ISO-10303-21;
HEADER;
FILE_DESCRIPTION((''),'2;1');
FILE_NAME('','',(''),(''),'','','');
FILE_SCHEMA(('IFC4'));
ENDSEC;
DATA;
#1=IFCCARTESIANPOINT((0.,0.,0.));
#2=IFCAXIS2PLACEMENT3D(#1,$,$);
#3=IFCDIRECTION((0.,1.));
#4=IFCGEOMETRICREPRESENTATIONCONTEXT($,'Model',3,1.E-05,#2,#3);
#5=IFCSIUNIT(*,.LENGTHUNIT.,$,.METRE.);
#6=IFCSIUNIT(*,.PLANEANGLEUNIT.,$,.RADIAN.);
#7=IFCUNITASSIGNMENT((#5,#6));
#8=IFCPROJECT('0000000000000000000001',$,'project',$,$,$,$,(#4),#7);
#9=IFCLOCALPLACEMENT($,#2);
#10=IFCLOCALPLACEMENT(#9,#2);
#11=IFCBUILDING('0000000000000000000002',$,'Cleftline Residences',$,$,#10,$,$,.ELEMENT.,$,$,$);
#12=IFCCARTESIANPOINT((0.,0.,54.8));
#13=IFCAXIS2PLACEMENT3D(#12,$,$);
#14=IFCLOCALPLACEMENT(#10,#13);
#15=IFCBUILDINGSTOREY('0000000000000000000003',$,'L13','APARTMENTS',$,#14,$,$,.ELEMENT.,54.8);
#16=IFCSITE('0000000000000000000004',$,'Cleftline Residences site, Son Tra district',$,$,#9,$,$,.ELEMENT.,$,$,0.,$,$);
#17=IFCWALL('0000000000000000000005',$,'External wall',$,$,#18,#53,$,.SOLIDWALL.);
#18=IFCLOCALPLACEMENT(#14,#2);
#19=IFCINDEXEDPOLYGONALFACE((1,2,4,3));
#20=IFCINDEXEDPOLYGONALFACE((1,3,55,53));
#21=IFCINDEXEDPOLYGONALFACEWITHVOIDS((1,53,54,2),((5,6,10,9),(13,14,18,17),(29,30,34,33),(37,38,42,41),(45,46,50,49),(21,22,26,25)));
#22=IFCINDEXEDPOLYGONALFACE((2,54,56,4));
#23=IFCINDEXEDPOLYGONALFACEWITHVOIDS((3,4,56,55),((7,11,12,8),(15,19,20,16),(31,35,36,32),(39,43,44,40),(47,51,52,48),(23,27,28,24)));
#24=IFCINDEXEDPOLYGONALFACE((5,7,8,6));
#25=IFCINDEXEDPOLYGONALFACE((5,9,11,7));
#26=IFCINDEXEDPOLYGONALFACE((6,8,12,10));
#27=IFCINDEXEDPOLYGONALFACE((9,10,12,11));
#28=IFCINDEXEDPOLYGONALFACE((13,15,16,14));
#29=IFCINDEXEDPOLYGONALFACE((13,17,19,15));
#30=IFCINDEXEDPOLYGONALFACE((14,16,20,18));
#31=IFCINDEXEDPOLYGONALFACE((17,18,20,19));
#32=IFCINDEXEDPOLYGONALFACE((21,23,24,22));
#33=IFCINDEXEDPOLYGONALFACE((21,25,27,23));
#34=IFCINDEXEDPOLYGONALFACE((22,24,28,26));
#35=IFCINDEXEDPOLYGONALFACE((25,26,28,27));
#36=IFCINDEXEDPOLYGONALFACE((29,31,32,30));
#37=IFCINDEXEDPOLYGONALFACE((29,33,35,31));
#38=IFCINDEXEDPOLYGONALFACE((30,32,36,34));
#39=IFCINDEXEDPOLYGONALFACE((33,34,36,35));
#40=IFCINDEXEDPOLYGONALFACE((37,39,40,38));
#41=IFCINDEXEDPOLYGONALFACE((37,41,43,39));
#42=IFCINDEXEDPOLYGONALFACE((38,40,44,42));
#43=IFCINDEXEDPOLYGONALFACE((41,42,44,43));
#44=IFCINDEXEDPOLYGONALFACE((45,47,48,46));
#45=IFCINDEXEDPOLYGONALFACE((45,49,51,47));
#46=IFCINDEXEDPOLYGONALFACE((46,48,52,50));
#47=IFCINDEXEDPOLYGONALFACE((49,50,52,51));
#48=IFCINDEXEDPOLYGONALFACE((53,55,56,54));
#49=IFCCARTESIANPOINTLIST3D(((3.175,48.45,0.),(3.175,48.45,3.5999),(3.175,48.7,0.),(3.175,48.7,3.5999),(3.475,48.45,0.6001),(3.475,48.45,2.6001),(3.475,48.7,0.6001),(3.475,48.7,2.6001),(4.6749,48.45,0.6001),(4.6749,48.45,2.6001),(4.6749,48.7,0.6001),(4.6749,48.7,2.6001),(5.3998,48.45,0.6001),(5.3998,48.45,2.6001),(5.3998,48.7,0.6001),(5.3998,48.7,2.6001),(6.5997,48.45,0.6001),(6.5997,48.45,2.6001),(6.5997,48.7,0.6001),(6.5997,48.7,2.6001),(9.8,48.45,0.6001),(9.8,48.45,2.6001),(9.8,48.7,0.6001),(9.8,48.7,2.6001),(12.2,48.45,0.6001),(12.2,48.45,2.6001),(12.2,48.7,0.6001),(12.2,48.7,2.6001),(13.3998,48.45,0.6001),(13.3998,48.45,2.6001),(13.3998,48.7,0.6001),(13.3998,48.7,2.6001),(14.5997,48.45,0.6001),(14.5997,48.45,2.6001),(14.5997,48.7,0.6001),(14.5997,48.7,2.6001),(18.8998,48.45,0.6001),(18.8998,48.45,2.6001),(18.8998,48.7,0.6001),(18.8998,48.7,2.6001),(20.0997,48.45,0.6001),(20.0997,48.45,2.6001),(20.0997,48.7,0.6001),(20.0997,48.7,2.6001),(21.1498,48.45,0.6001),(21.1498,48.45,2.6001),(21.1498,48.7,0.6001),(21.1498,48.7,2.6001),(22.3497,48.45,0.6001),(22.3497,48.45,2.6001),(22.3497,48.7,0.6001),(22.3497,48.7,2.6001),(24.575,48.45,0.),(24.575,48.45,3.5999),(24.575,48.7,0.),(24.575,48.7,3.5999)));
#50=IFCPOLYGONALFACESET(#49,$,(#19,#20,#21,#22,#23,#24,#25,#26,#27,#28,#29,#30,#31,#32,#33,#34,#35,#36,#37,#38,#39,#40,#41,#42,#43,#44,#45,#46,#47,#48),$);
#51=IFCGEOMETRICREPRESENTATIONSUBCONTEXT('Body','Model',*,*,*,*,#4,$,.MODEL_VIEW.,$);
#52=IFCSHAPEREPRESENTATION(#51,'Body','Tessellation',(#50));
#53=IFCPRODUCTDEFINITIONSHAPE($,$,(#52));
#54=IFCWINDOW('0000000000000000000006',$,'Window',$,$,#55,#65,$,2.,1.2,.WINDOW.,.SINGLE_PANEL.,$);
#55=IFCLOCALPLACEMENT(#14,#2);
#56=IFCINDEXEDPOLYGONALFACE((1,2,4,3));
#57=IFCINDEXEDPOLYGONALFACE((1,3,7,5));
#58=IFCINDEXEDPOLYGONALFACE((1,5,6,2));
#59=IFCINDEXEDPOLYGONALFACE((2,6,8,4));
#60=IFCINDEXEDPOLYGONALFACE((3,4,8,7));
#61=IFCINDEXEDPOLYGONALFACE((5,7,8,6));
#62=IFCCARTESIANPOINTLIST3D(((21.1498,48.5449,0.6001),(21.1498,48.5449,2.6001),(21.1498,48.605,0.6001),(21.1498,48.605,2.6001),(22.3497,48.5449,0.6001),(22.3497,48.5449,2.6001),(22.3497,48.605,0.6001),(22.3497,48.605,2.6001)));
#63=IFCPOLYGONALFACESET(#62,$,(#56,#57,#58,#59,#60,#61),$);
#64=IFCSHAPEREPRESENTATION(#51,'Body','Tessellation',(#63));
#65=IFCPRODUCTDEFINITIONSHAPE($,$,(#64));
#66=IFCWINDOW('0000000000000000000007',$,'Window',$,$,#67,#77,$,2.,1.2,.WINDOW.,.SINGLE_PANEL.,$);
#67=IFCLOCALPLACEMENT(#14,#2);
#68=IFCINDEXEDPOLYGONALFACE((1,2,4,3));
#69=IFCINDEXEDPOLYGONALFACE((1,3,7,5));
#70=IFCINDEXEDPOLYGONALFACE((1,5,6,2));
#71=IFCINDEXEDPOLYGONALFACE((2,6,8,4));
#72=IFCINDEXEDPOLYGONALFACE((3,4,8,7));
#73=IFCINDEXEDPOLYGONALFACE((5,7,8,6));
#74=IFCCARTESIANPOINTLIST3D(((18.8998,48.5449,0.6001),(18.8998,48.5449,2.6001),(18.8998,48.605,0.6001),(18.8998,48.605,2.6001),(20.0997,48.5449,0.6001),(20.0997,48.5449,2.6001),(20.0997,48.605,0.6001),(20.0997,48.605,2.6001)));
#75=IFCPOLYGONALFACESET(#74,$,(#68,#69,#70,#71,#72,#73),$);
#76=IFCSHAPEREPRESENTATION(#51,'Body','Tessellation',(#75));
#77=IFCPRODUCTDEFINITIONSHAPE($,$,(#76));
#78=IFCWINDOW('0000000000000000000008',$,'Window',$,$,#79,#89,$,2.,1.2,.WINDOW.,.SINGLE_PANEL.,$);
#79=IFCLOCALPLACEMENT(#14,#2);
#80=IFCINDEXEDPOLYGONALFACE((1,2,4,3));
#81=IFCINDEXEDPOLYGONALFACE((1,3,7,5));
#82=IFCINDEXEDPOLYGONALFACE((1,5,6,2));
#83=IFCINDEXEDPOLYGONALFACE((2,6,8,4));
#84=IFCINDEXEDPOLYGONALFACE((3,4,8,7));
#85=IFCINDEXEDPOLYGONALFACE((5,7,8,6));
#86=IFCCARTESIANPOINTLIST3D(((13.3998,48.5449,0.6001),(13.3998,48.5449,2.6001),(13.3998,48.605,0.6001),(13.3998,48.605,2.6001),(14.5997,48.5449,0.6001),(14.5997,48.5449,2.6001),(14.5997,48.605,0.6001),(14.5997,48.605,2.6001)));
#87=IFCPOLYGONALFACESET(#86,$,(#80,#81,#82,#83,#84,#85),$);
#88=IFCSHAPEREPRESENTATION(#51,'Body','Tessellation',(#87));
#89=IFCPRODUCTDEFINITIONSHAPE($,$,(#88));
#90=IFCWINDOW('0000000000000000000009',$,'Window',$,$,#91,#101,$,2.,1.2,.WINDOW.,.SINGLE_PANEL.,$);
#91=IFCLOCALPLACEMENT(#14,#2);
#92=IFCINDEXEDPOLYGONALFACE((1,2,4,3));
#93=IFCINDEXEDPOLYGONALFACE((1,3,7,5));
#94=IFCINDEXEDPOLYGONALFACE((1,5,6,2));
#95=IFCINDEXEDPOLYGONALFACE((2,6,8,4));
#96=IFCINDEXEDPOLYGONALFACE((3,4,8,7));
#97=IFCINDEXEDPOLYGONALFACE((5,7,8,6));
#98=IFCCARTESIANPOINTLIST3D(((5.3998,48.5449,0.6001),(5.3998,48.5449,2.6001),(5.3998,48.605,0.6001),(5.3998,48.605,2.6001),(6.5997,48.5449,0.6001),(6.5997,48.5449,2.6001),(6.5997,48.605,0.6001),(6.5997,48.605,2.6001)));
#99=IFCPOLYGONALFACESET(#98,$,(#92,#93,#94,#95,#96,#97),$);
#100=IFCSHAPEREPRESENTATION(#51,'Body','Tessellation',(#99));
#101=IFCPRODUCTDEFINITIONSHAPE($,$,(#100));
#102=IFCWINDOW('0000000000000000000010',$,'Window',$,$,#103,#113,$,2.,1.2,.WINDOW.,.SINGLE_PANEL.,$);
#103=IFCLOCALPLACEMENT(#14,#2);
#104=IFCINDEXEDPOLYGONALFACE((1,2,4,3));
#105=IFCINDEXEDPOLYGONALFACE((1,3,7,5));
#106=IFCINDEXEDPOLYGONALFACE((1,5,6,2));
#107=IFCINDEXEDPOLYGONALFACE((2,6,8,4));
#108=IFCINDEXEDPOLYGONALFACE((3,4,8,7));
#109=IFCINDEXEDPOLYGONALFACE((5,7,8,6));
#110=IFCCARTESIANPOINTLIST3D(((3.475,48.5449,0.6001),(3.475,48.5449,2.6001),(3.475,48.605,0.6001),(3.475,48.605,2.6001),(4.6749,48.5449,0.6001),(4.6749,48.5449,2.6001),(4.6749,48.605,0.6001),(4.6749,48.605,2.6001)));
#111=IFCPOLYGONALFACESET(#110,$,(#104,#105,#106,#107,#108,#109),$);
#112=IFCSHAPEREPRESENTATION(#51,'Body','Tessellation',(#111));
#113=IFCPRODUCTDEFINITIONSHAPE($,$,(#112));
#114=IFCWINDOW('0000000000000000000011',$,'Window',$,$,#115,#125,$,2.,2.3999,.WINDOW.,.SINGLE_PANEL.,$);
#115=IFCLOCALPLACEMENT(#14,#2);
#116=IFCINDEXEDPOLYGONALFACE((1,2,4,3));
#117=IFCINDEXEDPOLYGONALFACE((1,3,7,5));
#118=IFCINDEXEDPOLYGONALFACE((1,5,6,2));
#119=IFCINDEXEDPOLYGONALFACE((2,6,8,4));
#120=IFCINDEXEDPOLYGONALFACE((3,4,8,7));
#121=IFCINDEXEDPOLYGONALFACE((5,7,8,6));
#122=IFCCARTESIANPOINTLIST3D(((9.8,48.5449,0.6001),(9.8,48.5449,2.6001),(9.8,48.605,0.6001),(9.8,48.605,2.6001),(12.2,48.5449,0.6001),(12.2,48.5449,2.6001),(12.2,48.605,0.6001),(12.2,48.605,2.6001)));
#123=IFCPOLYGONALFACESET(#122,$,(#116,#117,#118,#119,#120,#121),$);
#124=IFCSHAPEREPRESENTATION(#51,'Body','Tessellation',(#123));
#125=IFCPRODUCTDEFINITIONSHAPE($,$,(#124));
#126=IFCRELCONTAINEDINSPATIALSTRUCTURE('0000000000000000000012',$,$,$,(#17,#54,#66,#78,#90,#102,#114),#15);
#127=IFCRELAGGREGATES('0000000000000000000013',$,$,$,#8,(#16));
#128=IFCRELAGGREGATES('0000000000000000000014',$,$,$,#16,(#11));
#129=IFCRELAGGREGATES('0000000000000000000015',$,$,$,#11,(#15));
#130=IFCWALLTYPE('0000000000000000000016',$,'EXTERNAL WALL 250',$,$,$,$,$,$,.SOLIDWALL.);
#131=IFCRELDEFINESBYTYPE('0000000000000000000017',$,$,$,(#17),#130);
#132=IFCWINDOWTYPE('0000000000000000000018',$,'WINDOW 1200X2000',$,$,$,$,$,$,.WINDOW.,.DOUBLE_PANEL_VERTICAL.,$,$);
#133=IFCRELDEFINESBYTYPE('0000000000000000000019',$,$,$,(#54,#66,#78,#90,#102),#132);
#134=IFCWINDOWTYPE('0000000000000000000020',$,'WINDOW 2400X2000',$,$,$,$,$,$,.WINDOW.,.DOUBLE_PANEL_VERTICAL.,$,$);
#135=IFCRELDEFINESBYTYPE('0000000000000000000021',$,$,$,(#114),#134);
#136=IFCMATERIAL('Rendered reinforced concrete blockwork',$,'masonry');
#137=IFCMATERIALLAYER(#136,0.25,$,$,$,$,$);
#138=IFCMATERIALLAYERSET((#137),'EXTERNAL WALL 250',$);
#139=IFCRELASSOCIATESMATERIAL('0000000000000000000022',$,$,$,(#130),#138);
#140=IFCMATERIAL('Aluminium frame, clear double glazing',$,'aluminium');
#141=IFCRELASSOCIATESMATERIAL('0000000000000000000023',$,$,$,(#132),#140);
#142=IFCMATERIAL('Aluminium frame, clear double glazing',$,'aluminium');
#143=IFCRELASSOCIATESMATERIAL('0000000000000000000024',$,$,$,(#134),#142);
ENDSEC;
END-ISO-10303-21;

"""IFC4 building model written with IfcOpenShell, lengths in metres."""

from ifc_helpers import new_model, si_unit, direction, frame, frame_2d, origin, place, context, subcontext, project, spatial, rectangle, extrude, material, layer, layer_set, type_object, element, fill, save


model = new_model("IFC4")

# Units and contexts
model_context = context("Model", 3, precision=1e-05, world=origin(), true_north=direction((0.0, 1.0)))
body_context = subcontext(model_context, "Body", "Model", "MODEL_VIEW")
ifc_project = project(units=[si_unit("LENGTHUNIT", "METRE"), si_unit("PLANEANGLEUNIT", "RADIAN")], contexts=[model_context])

# Site, building, storey
site_placement = place(None, origin())
site = spatial("IfcSite", under=ifc_project, at=site_placement, Name="Cleftline Residences site, Son Tra district", CompositionType="ELEMENT", RefElevation=0.0)
building_placement = place(site_placement, origin())
building = spatial("IfcBuilding", under=site, at=building_placement, Name="Cleftline Residences", CompositionType="ELEMENT")
storey_placement = place(building_placement, frame((0.0, 0.0, 54.8)))
storey = spatial("IfcBuildingStorey", under=building, at=storey_placement, Name="L13", Description="APARTMENTS", CompositionType="ELEMENT", Elevation=54.8)

# Wall, openings, windows
ifc_material_1 = material(Name="Rendered reinforced concrete blockwork", Category="masonry")
ifc_layer_1 = layer(ifc_material_1, 0.25)
ifc_layer_set_1 = layer_set([ifc_layer_1], Name="EXTERNAL WALL 250")
wall_type = type_object("IfcWallType", Name="EXTERNAL WALL 250", PredefinedType="SOLIDWALL", material=ifc_layer_set_1)
wall_placement = place(storey_placement, frame((24.575, 48.575, 0.0), z_axis=(0.0, 0.0, 1.0), x_axis=(-1.0, 0.0, 0.0)))
wall = element("IfcWall", 1, at=wall_placement, inside=storey, type_object=wall_type, Name="External wall", PredefinedType="SOLIDWALL", context=body_context, shape_type="SweptSolid", body=[
    extrude(rectangle(XDim=21.3999, YDim=0.25, at=frame_2d((10.7, 0.0))), origin(), (0.0, 0.0, 1.0), 3.5999),
])
opening_1_placement = place(wall_placement, frame((2.2251, 0.0, 0.6001)))
opening_1 = element("IfcOpeningElement", 2, at=opening_1_placement, cuts=wall, PredefinedType="OPENING", context=body_context, shape_type="SweptSolid", body=[
    extrude(rectangle(XDim=1.2, YDim=2.0, at=frame_2d((0.6001, 1.0))), frame((0.0, 0.135, 0.0), z_axis=(0.0, -1.0, 0.0), x_axis=(1.0, 0.0, 0.0)), (0.0, 0.0, 1.0), 0.27),
])
opening_2_placement = place(wall_placement, frame((4.4751, 0.0, 0.6001)))
opening_2 = element("IfcOpeningElement", 3, at=opening_2_placement, cuts=wall, PredefinedType="OPENING", context=body_context, shape_type="SweptSolid", body=[
    extrude(rectangle(XDim=1.2, YDim=2.0, at=frame_2d((0.6001, 1.0))), frame((0.0, 0.135, 0.0), z_axis=(0.0, -1.0, 0.0), x_axis=(1.0, 0.0, 0.0)), (0.0, 0.0, 1.0), 0.27),
])
opening_3_placement = place(wall_placement, frame((9.9751, 0.0, 0.6001)))
opening_3 = element("IfcOpeningElement", 4, at=opening_3_placement, cuts=wall, PredefinedType="OPENING", context=body_context, shape_type="SweptSolid", body=[
    extrude(rectangle(XDim=1.2, YDim=2.0, at=frame_2d((0.6001, 1.0))), frame((0.0, 0.135, 0.0), z_axis=(0.0, -1.0, 0.0), x_axis=(1.0, 0.0, 0.0)), (0.0, 0.0, 1.0), 0.27),
])
opening_4_placement = place(wall_placement, frame((12.375, 0.0, 0.6001)))
opening_4 = element("IfcOpeningElement", 5, at=opening_4_placement, cuts=wall, PredefinedType="OPENING", context=body_context, shape_type="SweptSolid", body=[
    extrude(rectangle(XDim=2.3999, YDim=2.0, at=frame_2d((1.2, 1.0))), frame((0.0, 0.135, 0.0), z_axis=(0.0, -1.0, 0.0), x_axis=(1.0, 0.0, 0.0)), (0.0, 0.0, 1.0), 0.27),
])
opening_5_placement = place(wall_placement, frame((17.9751, 0.0, 0.6001)))
opening_5 = element("IfcOpeningElement", 6, at=opening_5_placement, cuts=wall, PredefinedType="OPENING", context=body_context, shape_type="SweptSolid", body=[
    extrude(rectangle(XDim=1.2, YDim=2.0, at=frame_2d((0.6001, 1.0))), frame((0.0, 0.135, 0.0), z_axis=(0.0, -1.0, 0.0), x_axis=(1.0, 0.0, 0.0)), (0.0, 0.0, 1.0), 0.27),
])
opening_6_placement = place(wall_placement, frame((19.8999, 0.0, 0.6001)))
opening_6 = element("IfcOpeningElement", 7, at=opening_6_placement, cuts=wall, PredefinedType="OPENING", context=body_context, shape_type="SweptSolid", body=[
    extrude(rectangle(XDim=1.2, YDim=2.0, at=frame_2d((0.6001, 1.0))), frame((0.0, 0.135, 0.0), z_axis=(0.0, -1.0, 0.0), x_axis=(1.0, 0.0, 0.0)), (0.0, 0.0, 1.0), 0.27),
])
ifc_material_2 = material(Name="Aluminium frame, clear double glazing", Category="aluminium")
window_type_1 = type_object("IfcWindowType", Name="WINDOW 1200X2000", PartitioningType="DOUBLE_PANEL_VERTICAL", PredefinedType="WINDOW", material=ifc_material_2)
window_1_placement = place(opening_1_placement, origin())
window_1 = element("IfcWindow", 8, at=window_1_placement, inside=storey, type_object=window_type_1, Name="Window", OverallHeight=2.0, OverallWidth=1.2, PartitioningType="SINGLE_PANEL", PredefinedType="WINDOW", context=body_context, shape_type="SweptSolid", body=[
    extrude(rectangle(XDim=1.2, YDim=2.0, at=frame_2d((0.6001, 1.0))), frame((0.0, 0.03, 0.0), z_axis=(0.0, -1.0, 0.0), x_axis=(1.0, 0.0, 0.0)), (0.0, 0.0, 1.0), 0.0601),
])
fill(opening_1, window_1)
window_2_placement = place(opening_2_placement, origin())
window_2 = element("IfcWindow", 9, at=window_2_placement, inside=storey, type_object=window_type_1, Name="Window", OverallHeight=2.0, OverallWidth=1.2, PartitioningType="SINGLE_PANEL", PredefinedType="WINDOW", context=body_context, shape_type="SweptSolid", body=[
    extrude(rectangle(XDim=1.2, YDim=2.0, at=frame_2d((0.6001, 1.0))), frame((0.0, 0.03, 0.0), z_axis=(0.0, -1.0, 0.0), x_axis=(1.0, 0.0, 0.0)), (0.0, 0.0, 1.0), 0.0601),
])
fill(opening_2, window_2)
window_3_placement = place(opening_3_placement, origin())
window_3 = element("IfcWindow", 10, at=window_3_placement, inside=storey, type_object=window_type_1, Name="Window", OverallHeight=2.0, OverallWidth=1.2, PartitioningType="SINGLE_PANEL", PredefinedType="WINDOW", context=body_context, shape_type="SweptSolid", body=[
    extrude(rectangle(XDim=1.2, YDim=2.0, at=frame_2d((0.6001, 1.0))), frame((0.0, 0.03, 0.0), z_axis=(0.0, -1.0, 0.0), x_axis=(1.0, 0.0, 0.0)), (0.0, 0.0, 1.0), 0.0601),
])
fill(opening_3, window_3)
window_4_placement = place(opening_5_placement, origin())
window_4 = element("IfcWindow", 11, at=window_4_placement, inside=storey, type_object=window_type_1, Name="Window", OverallHeight=2.0, OverallWidth=1.2, PartitioningType="SINGLE_PANEL", PredefinedType="WINDOW", context=body_context, shape_type="SweptSolid", body=[
    extrude(rectangle(XDim=1.2, YDim=2.0, at=frame_2d((0.6001, 1.0))), frame((0.0, 0.03, 0.0), z_axis=(0.0, -1.0, 0.0), x_axis=(1.0, 0.0, 0.0)), (0.0, 0.0, 1.0), 0.0601),
])
fill(opening_5, window_4)
window_5_placement = place(opening_6_placement, origin())
window_5 = element("IfcWindow", 12, at=window_5_placement, inside=storey, type_object=window_type_1, Name="Window", OverallHeight=2.0, OverallWidth=1.2, PartitioningType="SINGLE_PANEL", PredefinedType="WINDOW", context=body_context, shape_type="SweptSolid", body=[
    extrude(rectangle(XDim=1.2, YDim=2.0, at=frame_2d((0.6001, 1.0))), frame((0.0, 0.03, 0.0), z_axis=(0.0, -1.0, 0.0), x_axis=(1.0, 0.0, 0.0)), (0.0, 0.0, 1.0), 0.0601),
])
fill(opening_6, window_5)
ifc_material_3 = material(Name="Aluminium frame, clear double glazing", Category="aluminium")
window_type_2 = type_object("IfcWindowType", Name="WINDOW 2400X2000", PartitioningType="DOUBLE_PANEL_VERTICAL", PredefinedType="WINDOW", material=ifc_material_3)
window_6_placement = place(opening_4_placement, origin())
window_6 = element("IfcWindow", 13, at=window_6_placement, inside=storey, type_object=window_type_2, Name="Window", OverallHeight=2.0, OverallWidth=2.3999, PartitioningType="SINGLE_PANEL", PredefinedType="WINDOW", context=body_context, shape_type="SweptSolid", body=[
    extrude(rectangle(XDim=2.3999, YDim=2.0, at=frame_2d((1.2, 1.0))), frame((0.0, 0.03, 0.0), z_axis=(0.0, -1.0, 0.0), x_axis=(1.0, 0.0, 0.0)), (0.0, 0.0, 1.0), 0.0601),
])
fill(opening_4, window_6)

save(model, "model.ifc")
